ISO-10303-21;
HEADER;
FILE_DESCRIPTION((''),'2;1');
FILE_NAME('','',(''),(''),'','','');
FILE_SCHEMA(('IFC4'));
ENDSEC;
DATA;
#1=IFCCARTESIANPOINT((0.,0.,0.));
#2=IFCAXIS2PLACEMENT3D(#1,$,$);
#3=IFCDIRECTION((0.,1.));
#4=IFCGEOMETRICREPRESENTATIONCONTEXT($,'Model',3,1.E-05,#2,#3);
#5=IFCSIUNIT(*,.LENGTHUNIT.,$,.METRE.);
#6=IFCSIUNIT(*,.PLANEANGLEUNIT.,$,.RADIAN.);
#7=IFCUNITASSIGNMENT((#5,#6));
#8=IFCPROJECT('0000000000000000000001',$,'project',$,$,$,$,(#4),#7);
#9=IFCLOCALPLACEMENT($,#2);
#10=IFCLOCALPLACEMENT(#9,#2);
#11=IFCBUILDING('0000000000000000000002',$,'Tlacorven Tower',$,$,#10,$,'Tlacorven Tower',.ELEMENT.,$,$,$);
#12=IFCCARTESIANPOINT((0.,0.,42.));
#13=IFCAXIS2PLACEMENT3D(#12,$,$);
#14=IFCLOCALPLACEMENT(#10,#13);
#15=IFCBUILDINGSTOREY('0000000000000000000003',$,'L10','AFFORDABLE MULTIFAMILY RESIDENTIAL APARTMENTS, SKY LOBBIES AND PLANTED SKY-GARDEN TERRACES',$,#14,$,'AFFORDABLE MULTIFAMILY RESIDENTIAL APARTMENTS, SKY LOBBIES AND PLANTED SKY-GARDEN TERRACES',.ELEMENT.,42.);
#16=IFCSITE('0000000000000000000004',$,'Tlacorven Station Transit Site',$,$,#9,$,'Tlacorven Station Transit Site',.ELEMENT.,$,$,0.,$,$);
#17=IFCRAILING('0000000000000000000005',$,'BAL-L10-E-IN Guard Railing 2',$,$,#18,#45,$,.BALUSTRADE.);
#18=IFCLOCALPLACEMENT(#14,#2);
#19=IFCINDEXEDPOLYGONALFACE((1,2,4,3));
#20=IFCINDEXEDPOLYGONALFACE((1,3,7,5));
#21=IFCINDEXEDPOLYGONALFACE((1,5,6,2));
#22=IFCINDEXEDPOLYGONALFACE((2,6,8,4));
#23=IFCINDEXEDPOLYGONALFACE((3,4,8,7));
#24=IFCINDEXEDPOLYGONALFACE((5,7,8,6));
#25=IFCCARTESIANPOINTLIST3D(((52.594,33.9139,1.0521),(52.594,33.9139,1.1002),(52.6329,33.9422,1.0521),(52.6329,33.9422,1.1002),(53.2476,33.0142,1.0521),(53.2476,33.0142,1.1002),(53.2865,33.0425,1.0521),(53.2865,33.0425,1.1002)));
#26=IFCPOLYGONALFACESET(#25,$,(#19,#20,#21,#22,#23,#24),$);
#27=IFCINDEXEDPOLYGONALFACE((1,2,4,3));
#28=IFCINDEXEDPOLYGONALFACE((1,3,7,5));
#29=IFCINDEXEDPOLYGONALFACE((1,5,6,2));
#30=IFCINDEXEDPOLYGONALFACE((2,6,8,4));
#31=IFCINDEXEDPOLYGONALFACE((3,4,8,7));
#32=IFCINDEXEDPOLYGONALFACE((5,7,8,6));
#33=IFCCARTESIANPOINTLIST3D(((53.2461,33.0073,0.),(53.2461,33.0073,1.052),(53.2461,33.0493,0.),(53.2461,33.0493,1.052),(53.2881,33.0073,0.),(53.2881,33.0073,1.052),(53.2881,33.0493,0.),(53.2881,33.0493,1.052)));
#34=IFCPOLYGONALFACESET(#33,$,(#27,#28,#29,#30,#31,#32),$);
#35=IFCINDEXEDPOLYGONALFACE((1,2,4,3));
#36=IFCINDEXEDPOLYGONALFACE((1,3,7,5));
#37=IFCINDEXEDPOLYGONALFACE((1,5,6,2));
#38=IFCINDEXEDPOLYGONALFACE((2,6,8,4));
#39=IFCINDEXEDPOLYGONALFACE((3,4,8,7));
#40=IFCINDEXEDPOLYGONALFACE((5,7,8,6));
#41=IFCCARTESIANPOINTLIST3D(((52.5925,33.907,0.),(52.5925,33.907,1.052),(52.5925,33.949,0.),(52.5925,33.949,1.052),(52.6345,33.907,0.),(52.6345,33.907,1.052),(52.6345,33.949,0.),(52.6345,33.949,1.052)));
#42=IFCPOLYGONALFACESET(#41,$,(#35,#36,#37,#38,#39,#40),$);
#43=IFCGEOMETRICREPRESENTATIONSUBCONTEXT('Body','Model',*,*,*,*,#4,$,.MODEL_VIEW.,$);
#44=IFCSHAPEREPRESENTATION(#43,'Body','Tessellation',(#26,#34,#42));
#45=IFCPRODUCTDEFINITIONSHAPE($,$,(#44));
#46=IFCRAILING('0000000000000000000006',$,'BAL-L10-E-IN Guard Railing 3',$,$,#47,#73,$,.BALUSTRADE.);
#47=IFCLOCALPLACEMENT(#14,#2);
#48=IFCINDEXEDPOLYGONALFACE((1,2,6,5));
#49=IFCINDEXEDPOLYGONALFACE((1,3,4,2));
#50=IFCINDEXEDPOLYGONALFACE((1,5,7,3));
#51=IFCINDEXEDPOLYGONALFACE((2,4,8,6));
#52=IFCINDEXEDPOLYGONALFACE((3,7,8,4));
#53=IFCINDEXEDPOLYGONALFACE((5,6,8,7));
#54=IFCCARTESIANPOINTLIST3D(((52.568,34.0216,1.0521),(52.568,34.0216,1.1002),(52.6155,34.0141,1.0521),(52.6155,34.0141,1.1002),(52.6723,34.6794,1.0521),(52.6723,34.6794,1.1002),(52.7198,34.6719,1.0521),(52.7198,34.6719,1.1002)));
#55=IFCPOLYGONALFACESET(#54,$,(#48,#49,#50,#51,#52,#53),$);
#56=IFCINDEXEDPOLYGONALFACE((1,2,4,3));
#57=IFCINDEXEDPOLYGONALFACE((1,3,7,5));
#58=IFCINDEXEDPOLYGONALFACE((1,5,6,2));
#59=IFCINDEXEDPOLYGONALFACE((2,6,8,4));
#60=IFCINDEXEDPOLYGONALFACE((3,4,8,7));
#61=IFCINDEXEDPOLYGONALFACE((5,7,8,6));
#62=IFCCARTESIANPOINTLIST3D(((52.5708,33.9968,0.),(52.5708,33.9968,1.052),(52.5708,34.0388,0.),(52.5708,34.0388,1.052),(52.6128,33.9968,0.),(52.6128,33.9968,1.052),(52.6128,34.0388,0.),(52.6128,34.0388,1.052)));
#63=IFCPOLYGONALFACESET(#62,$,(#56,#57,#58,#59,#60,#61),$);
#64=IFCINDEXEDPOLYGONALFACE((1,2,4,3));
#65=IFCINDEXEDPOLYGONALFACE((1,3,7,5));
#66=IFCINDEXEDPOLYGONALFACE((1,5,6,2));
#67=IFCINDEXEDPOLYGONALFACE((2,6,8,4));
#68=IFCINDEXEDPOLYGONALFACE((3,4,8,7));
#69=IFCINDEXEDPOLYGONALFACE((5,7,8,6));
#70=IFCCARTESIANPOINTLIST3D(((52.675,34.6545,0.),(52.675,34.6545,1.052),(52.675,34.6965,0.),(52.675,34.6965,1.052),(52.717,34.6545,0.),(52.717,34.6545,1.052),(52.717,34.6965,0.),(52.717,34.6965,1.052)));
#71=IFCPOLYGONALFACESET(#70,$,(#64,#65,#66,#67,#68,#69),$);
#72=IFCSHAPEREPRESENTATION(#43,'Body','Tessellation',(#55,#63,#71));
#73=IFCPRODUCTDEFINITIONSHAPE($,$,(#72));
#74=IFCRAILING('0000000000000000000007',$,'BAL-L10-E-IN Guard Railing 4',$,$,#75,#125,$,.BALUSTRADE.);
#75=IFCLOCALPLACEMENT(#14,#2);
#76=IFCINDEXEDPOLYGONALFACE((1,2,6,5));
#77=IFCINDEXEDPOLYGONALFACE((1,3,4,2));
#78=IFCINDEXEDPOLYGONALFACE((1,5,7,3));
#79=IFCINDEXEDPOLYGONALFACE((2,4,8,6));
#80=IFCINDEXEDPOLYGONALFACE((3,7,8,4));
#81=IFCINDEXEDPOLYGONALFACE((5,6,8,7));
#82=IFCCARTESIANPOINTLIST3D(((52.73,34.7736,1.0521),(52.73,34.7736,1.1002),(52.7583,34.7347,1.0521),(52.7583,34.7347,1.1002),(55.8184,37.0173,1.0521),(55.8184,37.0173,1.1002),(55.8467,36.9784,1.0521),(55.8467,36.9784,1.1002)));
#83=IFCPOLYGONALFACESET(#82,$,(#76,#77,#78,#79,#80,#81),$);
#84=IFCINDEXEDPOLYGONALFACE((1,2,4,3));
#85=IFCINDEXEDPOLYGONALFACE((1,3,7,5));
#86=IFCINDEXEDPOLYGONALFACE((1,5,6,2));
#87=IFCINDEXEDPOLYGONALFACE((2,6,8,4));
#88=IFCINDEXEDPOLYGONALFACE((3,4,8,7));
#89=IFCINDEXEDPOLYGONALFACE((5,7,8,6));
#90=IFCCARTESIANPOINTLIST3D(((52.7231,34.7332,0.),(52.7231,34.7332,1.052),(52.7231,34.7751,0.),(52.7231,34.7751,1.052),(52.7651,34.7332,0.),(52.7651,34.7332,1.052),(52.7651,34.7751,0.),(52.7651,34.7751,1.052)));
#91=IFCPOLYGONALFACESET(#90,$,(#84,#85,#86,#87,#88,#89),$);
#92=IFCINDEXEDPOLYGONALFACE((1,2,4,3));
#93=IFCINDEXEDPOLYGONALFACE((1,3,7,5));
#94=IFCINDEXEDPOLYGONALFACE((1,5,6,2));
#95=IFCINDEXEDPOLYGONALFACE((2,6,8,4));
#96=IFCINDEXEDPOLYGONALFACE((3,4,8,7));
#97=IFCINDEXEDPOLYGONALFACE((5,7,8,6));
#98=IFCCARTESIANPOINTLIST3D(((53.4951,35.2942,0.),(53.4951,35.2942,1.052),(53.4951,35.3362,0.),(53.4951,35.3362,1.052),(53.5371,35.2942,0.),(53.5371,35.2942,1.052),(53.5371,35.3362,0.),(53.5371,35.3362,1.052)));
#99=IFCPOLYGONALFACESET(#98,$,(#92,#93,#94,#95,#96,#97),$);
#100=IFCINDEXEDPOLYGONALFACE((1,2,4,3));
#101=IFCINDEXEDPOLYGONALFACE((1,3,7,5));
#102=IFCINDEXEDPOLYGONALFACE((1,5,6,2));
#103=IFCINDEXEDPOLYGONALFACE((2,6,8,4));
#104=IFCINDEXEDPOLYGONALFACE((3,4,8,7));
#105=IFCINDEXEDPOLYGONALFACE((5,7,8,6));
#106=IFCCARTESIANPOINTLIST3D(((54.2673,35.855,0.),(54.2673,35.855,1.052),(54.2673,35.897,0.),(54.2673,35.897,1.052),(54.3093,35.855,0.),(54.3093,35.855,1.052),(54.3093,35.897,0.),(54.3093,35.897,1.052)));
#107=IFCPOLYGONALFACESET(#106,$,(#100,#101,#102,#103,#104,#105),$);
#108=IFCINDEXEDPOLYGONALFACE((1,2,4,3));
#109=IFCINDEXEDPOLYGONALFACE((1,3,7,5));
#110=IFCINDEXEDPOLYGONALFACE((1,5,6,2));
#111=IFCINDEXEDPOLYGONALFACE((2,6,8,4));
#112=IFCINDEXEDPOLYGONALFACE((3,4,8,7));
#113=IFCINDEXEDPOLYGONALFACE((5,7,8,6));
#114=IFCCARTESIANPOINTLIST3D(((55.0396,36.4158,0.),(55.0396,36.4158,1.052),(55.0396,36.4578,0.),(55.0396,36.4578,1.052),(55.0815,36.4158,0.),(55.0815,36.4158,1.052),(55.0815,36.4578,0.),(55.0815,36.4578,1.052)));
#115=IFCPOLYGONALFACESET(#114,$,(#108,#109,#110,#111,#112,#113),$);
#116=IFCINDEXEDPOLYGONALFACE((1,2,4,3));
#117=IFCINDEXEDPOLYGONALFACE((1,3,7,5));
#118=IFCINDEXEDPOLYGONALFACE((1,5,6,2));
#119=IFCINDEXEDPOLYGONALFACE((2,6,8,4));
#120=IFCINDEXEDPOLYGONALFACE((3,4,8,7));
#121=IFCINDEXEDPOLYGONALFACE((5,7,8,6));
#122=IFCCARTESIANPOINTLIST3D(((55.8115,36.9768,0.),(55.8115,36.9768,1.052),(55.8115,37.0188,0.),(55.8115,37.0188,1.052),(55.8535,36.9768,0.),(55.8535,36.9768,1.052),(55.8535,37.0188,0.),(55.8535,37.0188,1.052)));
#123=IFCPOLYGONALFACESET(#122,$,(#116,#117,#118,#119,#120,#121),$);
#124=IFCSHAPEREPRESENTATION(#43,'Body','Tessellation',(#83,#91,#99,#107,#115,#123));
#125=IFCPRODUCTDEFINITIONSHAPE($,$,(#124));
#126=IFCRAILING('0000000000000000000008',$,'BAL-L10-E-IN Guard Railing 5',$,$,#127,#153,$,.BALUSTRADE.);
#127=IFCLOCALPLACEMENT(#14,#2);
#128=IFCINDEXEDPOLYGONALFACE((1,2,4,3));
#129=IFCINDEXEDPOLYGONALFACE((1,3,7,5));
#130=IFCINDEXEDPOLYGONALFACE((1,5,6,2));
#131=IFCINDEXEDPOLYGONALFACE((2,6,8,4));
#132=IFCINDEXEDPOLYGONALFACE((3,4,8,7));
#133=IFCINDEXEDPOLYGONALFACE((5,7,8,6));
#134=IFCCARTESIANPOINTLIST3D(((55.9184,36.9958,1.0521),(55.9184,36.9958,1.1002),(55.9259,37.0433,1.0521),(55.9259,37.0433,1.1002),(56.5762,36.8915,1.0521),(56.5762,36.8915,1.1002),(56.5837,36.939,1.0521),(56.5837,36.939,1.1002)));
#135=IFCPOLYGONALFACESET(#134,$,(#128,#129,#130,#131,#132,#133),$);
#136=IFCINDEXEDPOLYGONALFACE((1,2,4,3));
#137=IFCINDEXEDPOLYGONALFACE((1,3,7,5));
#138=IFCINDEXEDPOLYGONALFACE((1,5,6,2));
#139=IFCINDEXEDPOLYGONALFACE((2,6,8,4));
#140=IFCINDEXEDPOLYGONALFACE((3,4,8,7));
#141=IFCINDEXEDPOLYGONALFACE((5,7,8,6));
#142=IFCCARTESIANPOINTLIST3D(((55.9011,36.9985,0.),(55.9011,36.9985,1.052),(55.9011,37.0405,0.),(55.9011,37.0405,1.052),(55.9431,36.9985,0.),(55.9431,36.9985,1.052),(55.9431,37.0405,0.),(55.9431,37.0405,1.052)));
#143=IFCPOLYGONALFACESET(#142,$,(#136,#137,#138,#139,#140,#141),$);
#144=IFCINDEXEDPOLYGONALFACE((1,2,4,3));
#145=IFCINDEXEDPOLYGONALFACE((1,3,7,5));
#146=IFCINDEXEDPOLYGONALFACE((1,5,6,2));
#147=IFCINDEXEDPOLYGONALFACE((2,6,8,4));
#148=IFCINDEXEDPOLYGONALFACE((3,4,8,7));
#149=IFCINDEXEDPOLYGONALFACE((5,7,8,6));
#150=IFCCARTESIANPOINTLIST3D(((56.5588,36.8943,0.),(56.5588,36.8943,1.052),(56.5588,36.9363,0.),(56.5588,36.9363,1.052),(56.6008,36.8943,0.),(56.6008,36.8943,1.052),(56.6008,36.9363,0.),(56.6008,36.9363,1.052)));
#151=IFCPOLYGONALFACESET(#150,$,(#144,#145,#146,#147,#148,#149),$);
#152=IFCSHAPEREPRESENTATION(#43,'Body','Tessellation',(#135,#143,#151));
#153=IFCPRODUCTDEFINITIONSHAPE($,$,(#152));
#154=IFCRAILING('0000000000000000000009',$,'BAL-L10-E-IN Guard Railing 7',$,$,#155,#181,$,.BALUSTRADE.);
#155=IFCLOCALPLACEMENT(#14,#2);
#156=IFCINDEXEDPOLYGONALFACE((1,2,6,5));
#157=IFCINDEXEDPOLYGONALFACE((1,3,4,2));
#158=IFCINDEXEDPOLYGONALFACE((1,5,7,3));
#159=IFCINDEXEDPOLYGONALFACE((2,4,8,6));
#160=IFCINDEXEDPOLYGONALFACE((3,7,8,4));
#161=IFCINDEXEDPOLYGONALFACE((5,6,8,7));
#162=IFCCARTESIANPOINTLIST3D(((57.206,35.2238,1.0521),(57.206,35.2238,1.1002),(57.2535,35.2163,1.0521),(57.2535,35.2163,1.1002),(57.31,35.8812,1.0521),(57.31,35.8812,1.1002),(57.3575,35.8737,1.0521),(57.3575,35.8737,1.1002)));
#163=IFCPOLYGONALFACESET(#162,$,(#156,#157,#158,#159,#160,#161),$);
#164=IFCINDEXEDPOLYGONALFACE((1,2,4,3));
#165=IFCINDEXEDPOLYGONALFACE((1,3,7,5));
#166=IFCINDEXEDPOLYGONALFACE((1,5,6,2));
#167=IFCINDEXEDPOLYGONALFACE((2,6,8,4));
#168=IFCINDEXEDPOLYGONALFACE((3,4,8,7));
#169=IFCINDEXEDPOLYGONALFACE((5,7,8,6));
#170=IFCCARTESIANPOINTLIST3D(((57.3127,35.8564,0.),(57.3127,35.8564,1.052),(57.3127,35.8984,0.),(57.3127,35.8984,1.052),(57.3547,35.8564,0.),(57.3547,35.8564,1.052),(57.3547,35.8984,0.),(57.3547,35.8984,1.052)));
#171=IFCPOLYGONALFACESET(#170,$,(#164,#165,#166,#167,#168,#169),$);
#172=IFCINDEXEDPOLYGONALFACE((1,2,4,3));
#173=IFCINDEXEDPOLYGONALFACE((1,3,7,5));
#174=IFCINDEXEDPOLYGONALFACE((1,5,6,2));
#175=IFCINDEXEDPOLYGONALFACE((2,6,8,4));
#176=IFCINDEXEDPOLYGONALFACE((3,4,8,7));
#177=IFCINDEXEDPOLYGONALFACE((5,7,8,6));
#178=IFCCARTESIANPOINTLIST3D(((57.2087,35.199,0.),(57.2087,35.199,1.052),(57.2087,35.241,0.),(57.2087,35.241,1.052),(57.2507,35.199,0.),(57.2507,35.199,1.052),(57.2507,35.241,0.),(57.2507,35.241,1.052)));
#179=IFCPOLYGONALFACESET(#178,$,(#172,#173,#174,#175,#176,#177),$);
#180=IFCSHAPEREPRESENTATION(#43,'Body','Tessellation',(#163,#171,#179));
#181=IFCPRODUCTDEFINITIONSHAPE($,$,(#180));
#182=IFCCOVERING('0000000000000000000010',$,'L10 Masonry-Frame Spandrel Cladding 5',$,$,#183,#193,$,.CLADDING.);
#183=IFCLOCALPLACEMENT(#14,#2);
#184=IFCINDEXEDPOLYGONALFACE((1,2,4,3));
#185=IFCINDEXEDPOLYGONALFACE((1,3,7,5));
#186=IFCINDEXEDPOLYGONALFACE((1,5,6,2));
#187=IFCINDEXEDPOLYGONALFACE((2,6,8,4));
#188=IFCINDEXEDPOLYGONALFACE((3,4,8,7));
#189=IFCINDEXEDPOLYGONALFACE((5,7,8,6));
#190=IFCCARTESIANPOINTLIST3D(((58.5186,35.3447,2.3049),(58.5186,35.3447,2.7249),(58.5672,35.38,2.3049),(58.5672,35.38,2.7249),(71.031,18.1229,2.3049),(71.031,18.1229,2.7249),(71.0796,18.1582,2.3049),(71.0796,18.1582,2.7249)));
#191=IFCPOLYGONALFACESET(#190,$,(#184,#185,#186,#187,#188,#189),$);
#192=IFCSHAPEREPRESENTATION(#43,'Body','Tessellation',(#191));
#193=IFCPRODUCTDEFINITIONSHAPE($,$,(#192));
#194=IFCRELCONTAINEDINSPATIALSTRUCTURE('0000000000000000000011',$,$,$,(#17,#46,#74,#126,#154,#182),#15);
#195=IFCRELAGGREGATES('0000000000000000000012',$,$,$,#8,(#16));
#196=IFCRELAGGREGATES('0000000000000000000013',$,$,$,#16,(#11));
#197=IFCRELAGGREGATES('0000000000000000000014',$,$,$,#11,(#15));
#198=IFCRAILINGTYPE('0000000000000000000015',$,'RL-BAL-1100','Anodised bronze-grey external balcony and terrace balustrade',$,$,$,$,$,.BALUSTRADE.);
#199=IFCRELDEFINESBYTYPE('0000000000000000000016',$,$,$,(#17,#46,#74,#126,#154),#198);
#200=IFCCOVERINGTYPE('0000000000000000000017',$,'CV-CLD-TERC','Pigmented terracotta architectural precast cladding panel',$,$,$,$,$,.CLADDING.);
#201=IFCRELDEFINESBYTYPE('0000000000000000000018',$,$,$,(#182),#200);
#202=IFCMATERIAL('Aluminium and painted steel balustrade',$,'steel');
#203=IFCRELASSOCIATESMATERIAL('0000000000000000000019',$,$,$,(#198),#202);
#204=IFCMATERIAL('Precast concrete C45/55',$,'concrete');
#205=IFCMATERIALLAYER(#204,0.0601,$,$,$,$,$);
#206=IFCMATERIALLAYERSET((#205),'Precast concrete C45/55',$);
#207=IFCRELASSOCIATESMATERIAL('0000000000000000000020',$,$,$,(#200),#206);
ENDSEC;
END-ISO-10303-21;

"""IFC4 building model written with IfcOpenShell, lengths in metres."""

from ifc_helpers import new_model, si_unit, direction, frame, origin, origin_2d, place, context, subcontext, project, spatial, rectangle, extrude, source, transform, mapped, material, layer, layer_set, type_object, element, save


model = new_model("IFC4")

# Units and contexts
model_context = context("Model", 3, precision=1e-05, world=origin(), true_north=direction((0.0, 1.0)))
body_context = subcontext(model_context, "Body", "Model", "MODEL_VIEW")
ifc_project = project(units=[si_unit("LENGTHUNIT", "METRE"), si_unit("PLANEANGLEUNIT", "RADIAN")], contexts=[model_context])

# Site, building, storey
site_placement = place(None, origin())
site = spatial("IfcSite", under=ifc_project, at=site_placement, Name="Tlacorven Station Transit Site", LongName="Tlacorven Station Transit Site", CompositionType="ELEMENT", RefElevation=0.0)
building_placement = place(site_placement, origin())
building = spatial("IfcBuilding", under=site, at=building_placement, Name="Tlacorven Tower", LongName="Tlacorven Tower", CompositionType="ELEMENT")
storey_placement = place(building_placement, frame((0.0, 0.0, 42.0)))
storey = spatial("IfcBuildingStorey", under=building, at=storey_placement, Name="L10", Description="AFFORDABLE MULTIFAMILY RESIDENTIAL APARTMENTS, SKY LOBBIES AND PLANTED SKY-GARDEN TERRACES", LongName="AFFORDABLE MULTIFAMILY RESIDENTIAL APARTMENTS, SKY LOBBIES AND PLANTED SKY-GARDEN TERRACES", CompositionType="ELEMENT", Elevation=42.0)

# Shared definitions
ifc_material_1 = material(Name="Precast concrete C45/55", Category="concrete")

# Railings
ifc_material_2 = material(Name="Aluminium and painted steel balustrade", Category="steel")
railing_type_1 = type_object("IfcRailingType", Name="RL-BAL-1100", Description="Anodised bronze-grey external balcony and terrace balustrade", PredefinedType="BALUSTRADE", material=ifc_material_2)
shared_shape_1 = source(origin(), body_context, "Body", "SweptSolid", [
    extrude(rectangle(XDim=0.0481, YDim=0.0481, at=origin_2d()), frame((0.0, 0.0, 1.0762), z_axis=(-0.587741, 0.809049, 0.0), x_axis=(-0.809049, -0.587741, 0.0)), (0.0, 0.0, 1.0), 1.1121),
    extrude(rectangle(XDim=0.042, YDim=0.042, at=origin_2d()), origin(), (0.0, 0.0, 1.0), 1.052),
    extrude(rectangle(XDim=0.042, YDim=0.042, at=origin_2d()), frame((-0.6536, 0.8997, 0.0)), (0.0, 0.0, 1.0), 1.052),
])
railing_1_placement = place(storey_placement, frame((53.2671, 33.0283, 0.0)))
element("IfcRailing", 1, at=railing_1_placement, inside=storey, type_object=railing_type_1, Name="BAL-L10-E-IN Guard Railing 2", PredefinedType="BALUSTRADE", context=body_context, shape_type="MappedRepresentation", body=[
    mapped(shared_shape_1, transform((0.0, 0.0, 0.0), scale=1.0)),
])
shared_shape_2 = source(origin(), body_context, "Body", "SweptSolid", [
    extrude(rectangle(XDim=0.0481, YDim=0.0481, at=origin_2d()), frame((0.0, 0.0, 1.0762), z_axis=(0.156546, 0.987671, 0.0), x_axis=(-0.987671, 0.156546, 0.0)), (0.0, 0.0, 1.0), 0.666),
    extrude(rectangle(XDim=0.042, YDim=0.042, at=origin_2d()), origin(), (0.0, 0.0, 1.0), 1.052),
    extrude(rectangle(XDim=0.042, YDim=0.042, at=origin_2d()), frame((0.1042, 0.6577, 0.0)), (0.0, 0.0, 1.0), 1.052),
])
railing_2_placement = place(storey_placement, frame((52.5918, 34.0178, 0.0)))
element("IfcRailing", 2, at=railing_2_placement, inside=storey, type_object=railing_type_1, Name="BAL-L10-E-IN Guard Railing 3", PredefinedType="BALUSTRADE", context=body_context, shape_type="MappedRepresentation", body=[
    mapped(shared_shape_2, transform((0.0, 0.0, 0.0), scale=1.0)),
])
shared_shape_3 = source(origin(), body_context, "Body", "SweptSolid", [
    extrude(rectangle(XDim=0.0481, YDim=0.0481, at=origin_2d()), frame((0.0, 0.0, 1.0762), z_axis=(0.80904, 0.587753, 0.0), x_axis=(-0.587753, 0.80904, 0.0)), (0.0, 0.0, 1.0), 3.8174),
    extrude(rectangle(XDim=0.042, YDim=0.042, at=origin_2d()), origin(), (0.0, 0.0, 1.0), 1.052),
    extrude(rectangle(XDim=0.042, YDim=0.042, at=origin_2d()), frame((0.772, 0.561, 0.0)), (0.0, 0.0, 1.0), 1.052),
    extrude(rectangle(XDim=0.042, YDim=0.042, at=origin_2d()), frame((1.5442, 1.1218, 0.0)), (0.0, 0.0, 1.0), 1.052),
    extrude(rectangle(XDim=0.042, YDim=0.042, at=origin_2d()), frame((2.3164, 1.6826, 0.0)), (0.0, 0.0, 1.0), 1.052),
    extrude(rectangle(XDim=0.042, YDim=0.042, at=origin_2d()), frame((3.0884, 2.2437, 0.0)), (0.0, 0.0, 1.0), 1.052),
])
railing_3_placement = place(storey_placement, frame((52.7441, 34.7542, 0.0)))
element("IfcRailing", 3, at=railing_3_placement, inside=storey, type_object=railing_type_1, Name="BAL-L10-E-IN Guard Railing 4", PredefinedType="BALUSTRADE", context=body_context, shape_type="MappedRepresentation", body=[
    mapped(shared_shape_3, transform((0.0, 0.0, 0.0), scale=1.0)),
])
shared_shape_4 = source(origin(), body_context, "Body", "SweptSolid", [
    extrude(rectangle(XDim=0.0481, YDim=0.0481, at=origin_2d()), frame((0.0, 0.0, 1.0762), z_axis=(0.987671, -0.156546, 0.0), x_axis=(0.156546, 0.987671, 0.0)), (0.0, 0.0, 1.0), 0.666),
    extrude(rectangle(XDim=0.042, YDim=0.042, at=origin_2d()), origin(), (0.0, 0.0, 1.0), 1.052),
    extrude(rectangle(XDim=0.042, YDim=0.042, at=origin_2d()), frame((0.6577, -0.1042, 0.0)), (0.0, 0.0, 1.0), 1.052),
])
railing_4_placement = place(storey_placement, frame((55.9221, 37.0195, 0.0)))
element("IfcRailing", 4, at=railing_4_placement, inside=storey, type_object=railing_type_1, Name="BAL-L10-E-IN Guard Railing 5", PredefinedType="BALUSTRADE", context=body_context, shape_type="MappedRepresentation", body=[
    mapped(shared_shape_4, transform((0.0, 0.0, 0.0), scale=1.0)),
])
shared_shape_5 = source(origin(), body_context, "Body", "SweptSolid", [
    extrude(rectangle(XDim=0.0481, YDim=0.0481, at=origin_2d()), frame((0.0, 0.0, 1.0762), z_axis=(-0.156245, -0.987718, 0.0), x_axis=(0.987718, -0.156245, 0.0)), (0.0, 0.0, 1.0), 0.6655),
    extrude(rectangle(XDim=0.042, YDim=0.042, at=origin_2d()), origin(), (0.0, 0.0, 1.0), 1.052),
    extrude(rectangle(XDim=0.042, YDim=0.042, at=origin_2d()), frame((-0.104, -0.6575, 0.0)), (0.0, 0.0, 1.0), 1.052),
])
railing_5_placement = place(storey_placement, frame((57.3337, 35.8774, 0.0)))
element("IfcRailing", 5, at=railing_5_placement, inside=storey, type_object=railing_type_1, Name="BAL-L10-E-IN Guard Railing 7", PredefinedType="BALUSTRADE", context=body_context, shape_type="MappedRepresentation", body=[
    mapped(shared_shape_5, transform((0.0, 0.0, 0.0), scale=1.0)),
])

# Covering
ifc_layer_1 = layer(ifc_material_1, 0.0601)
ifc_layer_set_1 = layer_set([ifc_layer_1], Name="Precast concrete C45/55")
covering_type = type_object("IfcCoveringType", Name="CV-CLD-TERC", Description="Pigmented terracotta architectural precast cladding panel", PredefinedType="CLADDING", material=ifc_layer_set_1)
shared_shape_6 = source(origin(), body_context, "Body", "SweptSolid", [
    extrude(rectangle(XDim=21.2874, YDim=0.0601, at=origin_2d()), origin(), (0.0, 0.0, 1.0), 0.4199),
])
covering_placement = place(storey_placement, frame((64.7991, 26.7515, 2.3049), z_axis=(0.0, 0.0, 1.0), x_axis=(0.587785, -0.809017, 0.0)))
element("IfcCovering", 6, at=covering_placement, inside=storey, type_object=covering_type, Name="L10 Masonry-Frame Spandrel Cladding 5", PredefinedType="CLADDING", context=body_context, shape_type="MappedRepresentation", body=[
    mapped(shared_shape_6, transform((0.0, 0.0, 0.0), scale=1.0)),
])

save(model, "model.ifc")
